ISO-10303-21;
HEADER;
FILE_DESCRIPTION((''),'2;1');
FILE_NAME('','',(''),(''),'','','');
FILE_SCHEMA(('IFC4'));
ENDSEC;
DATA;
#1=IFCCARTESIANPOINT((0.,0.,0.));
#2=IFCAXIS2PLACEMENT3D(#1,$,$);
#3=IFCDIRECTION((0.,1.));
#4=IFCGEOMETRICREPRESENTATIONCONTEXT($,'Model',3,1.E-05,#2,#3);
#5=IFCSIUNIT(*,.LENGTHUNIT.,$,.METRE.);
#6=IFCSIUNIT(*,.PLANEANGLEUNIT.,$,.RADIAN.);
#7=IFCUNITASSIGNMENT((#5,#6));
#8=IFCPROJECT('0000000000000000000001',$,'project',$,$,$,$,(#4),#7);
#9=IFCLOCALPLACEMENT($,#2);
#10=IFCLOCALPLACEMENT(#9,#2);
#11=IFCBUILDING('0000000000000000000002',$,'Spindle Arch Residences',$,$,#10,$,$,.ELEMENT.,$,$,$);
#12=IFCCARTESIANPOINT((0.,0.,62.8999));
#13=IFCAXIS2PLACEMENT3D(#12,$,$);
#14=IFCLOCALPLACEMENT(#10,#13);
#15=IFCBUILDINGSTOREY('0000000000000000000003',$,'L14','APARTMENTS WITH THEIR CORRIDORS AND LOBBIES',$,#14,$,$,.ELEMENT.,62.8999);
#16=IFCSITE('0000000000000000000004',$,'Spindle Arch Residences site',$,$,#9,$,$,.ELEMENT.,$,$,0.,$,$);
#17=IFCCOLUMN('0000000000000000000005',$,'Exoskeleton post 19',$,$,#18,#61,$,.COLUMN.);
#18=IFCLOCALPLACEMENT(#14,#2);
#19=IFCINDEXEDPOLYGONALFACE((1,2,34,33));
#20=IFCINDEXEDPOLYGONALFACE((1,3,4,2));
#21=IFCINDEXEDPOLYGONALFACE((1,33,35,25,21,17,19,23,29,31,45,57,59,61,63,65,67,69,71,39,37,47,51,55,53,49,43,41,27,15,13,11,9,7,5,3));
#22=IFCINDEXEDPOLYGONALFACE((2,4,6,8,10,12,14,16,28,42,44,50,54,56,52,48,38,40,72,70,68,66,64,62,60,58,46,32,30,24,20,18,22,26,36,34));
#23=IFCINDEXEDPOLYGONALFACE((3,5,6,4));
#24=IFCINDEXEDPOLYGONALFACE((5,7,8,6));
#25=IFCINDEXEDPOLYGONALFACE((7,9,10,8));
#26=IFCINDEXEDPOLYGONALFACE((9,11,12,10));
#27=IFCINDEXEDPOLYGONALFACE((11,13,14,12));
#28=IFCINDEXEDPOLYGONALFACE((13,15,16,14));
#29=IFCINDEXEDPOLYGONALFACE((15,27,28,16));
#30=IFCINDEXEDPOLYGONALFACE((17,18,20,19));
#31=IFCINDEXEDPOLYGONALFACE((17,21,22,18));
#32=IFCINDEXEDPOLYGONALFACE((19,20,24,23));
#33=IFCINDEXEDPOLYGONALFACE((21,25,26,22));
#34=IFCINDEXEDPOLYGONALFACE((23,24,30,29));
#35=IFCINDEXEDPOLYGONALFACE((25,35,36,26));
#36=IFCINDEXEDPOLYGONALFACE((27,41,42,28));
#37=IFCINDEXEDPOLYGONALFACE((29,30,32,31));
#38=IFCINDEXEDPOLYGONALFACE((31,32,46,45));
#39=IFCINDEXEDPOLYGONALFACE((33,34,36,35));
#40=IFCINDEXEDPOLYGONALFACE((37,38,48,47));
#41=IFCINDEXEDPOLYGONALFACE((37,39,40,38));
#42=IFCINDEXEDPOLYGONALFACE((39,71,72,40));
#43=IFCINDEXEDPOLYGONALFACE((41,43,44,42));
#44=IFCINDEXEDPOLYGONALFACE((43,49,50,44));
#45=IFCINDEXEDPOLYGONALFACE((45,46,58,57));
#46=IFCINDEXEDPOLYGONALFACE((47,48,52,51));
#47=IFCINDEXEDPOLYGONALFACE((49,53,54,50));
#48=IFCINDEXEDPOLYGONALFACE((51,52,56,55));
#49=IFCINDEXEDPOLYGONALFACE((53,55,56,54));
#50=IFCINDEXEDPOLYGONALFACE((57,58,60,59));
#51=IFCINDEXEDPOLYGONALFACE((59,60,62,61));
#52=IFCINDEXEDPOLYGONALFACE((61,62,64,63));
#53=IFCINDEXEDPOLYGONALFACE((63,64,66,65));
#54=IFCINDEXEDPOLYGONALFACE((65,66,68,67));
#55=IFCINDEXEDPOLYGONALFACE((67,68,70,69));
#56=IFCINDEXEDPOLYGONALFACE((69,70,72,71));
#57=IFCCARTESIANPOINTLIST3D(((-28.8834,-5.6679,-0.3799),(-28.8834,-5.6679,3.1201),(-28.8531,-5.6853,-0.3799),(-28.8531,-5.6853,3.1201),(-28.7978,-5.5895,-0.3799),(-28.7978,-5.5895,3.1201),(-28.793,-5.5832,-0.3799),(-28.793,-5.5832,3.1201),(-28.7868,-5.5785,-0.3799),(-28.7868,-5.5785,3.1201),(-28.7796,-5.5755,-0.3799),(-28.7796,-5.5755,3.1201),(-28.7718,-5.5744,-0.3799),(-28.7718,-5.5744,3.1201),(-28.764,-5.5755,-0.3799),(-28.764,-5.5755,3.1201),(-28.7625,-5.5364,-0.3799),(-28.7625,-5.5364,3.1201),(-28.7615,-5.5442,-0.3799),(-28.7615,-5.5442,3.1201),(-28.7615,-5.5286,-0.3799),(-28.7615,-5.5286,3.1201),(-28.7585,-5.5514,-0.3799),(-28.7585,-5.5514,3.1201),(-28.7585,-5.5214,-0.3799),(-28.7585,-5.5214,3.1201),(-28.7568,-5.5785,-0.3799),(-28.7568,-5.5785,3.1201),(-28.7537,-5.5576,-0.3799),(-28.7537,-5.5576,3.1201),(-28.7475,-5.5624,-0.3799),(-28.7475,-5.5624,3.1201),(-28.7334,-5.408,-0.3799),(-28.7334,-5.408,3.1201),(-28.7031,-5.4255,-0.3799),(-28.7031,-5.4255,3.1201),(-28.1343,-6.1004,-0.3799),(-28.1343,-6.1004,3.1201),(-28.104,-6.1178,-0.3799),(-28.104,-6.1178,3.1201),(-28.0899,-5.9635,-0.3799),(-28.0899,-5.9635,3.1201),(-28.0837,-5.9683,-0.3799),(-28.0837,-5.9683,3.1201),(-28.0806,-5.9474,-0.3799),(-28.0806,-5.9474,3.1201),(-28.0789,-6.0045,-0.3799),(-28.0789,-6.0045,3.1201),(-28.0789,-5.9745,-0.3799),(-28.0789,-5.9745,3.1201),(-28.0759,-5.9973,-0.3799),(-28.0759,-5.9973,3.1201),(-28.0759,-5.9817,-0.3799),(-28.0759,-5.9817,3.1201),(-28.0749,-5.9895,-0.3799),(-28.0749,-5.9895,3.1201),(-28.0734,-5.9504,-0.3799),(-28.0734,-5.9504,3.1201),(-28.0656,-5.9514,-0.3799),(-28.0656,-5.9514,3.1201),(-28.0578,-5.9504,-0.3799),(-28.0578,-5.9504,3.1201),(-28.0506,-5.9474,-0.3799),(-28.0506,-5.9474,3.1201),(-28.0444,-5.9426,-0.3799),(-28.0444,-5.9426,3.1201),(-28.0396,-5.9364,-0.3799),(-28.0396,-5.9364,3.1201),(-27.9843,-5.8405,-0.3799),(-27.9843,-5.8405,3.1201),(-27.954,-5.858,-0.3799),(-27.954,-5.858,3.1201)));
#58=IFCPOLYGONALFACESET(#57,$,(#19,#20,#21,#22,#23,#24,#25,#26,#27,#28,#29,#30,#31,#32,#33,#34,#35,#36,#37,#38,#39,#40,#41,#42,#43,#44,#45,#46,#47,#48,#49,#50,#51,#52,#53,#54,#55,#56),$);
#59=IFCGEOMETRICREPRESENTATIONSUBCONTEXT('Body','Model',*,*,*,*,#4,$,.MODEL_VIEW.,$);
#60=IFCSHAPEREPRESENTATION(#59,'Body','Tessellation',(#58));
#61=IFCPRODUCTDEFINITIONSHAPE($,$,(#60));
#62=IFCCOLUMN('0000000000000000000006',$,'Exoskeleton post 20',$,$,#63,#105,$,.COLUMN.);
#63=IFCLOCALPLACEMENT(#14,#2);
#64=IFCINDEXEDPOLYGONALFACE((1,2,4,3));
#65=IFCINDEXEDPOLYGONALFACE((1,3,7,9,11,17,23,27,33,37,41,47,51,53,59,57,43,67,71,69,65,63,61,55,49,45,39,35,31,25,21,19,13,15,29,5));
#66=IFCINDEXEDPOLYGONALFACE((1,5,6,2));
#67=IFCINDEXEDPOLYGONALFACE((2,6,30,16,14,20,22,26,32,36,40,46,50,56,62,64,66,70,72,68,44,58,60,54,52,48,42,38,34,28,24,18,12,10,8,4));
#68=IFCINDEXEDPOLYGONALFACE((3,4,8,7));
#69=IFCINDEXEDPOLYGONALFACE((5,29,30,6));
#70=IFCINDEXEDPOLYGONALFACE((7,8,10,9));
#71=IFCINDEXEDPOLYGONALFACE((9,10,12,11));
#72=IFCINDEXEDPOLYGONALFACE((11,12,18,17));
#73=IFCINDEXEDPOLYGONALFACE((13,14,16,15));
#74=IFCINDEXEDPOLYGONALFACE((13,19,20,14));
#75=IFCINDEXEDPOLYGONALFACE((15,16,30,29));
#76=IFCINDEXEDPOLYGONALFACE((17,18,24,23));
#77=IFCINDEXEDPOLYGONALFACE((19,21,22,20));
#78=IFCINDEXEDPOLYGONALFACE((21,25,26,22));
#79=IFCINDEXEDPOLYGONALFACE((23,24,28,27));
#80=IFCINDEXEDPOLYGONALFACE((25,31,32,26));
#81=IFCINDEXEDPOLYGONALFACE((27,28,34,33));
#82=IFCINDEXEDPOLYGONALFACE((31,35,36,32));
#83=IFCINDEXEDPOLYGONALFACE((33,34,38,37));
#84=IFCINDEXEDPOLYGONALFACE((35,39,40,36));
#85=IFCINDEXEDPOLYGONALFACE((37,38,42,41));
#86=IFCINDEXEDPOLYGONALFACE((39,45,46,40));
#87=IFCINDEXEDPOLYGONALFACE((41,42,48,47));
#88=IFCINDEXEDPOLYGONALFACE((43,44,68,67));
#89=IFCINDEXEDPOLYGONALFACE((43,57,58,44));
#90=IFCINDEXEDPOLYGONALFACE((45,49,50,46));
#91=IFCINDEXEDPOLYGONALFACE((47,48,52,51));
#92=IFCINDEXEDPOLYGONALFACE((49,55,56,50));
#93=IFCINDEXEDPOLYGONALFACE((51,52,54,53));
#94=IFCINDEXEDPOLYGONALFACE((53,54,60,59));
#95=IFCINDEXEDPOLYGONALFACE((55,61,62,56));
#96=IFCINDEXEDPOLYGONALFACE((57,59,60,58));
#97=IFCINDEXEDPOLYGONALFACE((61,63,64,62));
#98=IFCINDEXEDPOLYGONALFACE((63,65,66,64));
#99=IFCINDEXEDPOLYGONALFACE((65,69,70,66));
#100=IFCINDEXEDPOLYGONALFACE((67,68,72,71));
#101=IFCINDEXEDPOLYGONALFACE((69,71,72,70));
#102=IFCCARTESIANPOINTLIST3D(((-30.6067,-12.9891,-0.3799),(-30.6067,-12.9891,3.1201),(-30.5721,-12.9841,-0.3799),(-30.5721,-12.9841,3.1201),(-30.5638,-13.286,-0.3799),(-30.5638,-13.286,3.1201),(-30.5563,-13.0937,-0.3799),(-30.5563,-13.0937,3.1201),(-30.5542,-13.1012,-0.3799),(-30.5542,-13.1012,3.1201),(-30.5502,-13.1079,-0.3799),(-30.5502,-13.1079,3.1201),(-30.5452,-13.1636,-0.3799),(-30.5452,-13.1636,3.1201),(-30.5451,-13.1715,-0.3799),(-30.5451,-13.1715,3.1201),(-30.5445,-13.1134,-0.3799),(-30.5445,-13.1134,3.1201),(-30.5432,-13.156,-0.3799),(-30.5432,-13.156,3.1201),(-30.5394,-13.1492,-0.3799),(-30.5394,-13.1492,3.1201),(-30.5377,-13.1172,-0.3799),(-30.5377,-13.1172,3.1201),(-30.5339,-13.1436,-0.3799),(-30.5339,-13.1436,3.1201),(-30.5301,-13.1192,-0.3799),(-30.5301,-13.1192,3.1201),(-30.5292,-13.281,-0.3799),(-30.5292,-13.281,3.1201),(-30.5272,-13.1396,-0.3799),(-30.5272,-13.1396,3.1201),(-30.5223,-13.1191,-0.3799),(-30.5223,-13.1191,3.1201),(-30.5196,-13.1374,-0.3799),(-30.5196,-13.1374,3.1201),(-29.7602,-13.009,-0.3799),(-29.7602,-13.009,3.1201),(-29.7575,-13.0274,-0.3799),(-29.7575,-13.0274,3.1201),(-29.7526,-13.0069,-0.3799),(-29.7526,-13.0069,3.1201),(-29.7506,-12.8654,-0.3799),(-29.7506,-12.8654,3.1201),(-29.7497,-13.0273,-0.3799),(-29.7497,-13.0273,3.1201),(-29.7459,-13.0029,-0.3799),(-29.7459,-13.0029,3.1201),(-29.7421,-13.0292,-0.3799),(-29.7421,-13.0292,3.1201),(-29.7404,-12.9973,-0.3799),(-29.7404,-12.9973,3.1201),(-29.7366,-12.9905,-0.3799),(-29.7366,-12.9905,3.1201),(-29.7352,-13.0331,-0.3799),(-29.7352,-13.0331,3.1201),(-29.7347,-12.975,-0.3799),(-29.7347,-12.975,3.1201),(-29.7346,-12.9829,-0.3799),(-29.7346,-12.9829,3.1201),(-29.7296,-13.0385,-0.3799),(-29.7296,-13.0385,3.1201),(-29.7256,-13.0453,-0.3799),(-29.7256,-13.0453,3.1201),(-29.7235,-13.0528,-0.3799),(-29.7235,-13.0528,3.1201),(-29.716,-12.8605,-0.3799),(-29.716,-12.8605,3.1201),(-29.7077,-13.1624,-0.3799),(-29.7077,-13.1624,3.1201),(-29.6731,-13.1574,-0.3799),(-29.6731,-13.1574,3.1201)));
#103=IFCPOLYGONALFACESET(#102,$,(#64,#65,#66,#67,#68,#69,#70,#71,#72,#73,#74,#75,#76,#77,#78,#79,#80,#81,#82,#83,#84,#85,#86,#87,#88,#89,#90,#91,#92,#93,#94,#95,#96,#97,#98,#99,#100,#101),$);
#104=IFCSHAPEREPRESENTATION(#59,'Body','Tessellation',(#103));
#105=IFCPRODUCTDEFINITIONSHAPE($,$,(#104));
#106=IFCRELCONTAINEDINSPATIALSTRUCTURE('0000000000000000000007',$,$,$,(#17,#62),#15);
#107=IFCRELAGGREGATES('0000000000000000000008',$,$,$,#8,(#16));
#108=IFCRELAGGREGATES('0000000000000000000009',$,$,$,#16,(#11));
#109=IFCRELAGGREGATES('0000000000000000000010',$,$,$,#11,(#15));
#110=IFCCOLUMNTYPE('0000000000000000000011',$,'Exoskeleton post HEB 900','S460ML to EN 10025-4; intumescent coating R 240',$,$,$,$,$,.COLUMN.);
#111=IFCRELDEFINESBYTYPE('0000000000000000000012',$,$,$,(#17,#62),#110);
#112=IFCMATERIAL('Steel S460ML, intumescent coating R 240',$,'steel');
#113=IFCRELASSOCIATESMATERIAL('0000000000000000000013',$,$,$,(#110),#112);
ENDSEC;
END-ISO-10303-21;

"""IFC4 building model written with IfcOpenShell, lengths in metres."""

from ifc_helpers import new_model, si_unit, direction, frame, origin, origin_2d, place, context, subcontext, project, spatial, i_section, extrude, material, material_profile, profile_set, type_object, element, save


model = new_model("IFC4")

# Units and contexts
model_context = context("Model", 3, precision=1e-05, world=origin(), true_north=direction((0.0, 1.0)))
body_context = subcontext(model_context, "Body", "Model", "MODEL_VIEW")
ifc_project = project(units=[si_unit("LENGTHUNIT", "METRE"), si_unit("PLANEANGLEUNIT", "RADIAN")], contexts=[model_context])

# Site, building, storey
site_placement = place(None, origin())
site = spatial("IfcSite", under=ifc_project, at=site_placement, Name="Spindle Arch Residences site", CompositionType="ELEMENT", RefElevation=0.0)
building_placement = place(site_placement, origin())
building = spatial("IfcBuilding", under=site, at=building_placement, Name="Spindle Arch Residences", CompositionType="ELEMENT")
storey_placement = place(building_placement, frame((0.0, 0.0, 62.8999)))
storey = spatial("IfcBuildingStorey", under=building, at=storey_placement, Name="L14", Description="APARTMENTS WITH THEIR CORRIDORS AND LOBBIES", CompositionType="ELEMENT", Elevation=62.8999)

# Columns
ifc_material_1 = material(Name="Steel S460ML, intumescent coating R 240", Category="steel")
ifc_material_profile_1 = material_profile(ifc_material_1, i_section(OverallWidth=0.3, OverallDepth=0.8999, WebThickness=0.0186, FlangeThickness=0.0349, FilletRadius=0.03, at=origin_2d()), Name="HEB 900")
ifc_profile_set_1 = profile_set([ifc_material_profile_1], Name="Steel S460ML, intumescent coating R 240")
column_type_1 = type_object("IfcColumnType", Name="Exoskeleton post HEB 900", Description="S460ML to EN 10025-4; intumescent coating R 240", PredefinedType="COLUMN", material=ifc_profile_set_1)
for number, where, z_axis, x_axis, name in (
    (1, (-28.4187, -5.7629, -0.3799), (0.0, 0.0, 1.0), (0.5, 0.866025, 0.0), "Exoskeleton post 19"),
    (2, (-30.1399, -13.0732, -0.3799), (0.0, 0.0, 1.0), (-0.142906, 0.989736, 0.0), "Exoskeleton post 20"),
):
    element("IfcColumn", number, at=place(storey_placement, frame(where, z_axis=z_axis, x_axis=x_axis)), inside=storey, type_object=column_type_1, Name=name, PredefinedType="COLUMN", context=body_context, shape_type="SweptSolid", body=[
        extrude(i_section(OverallWidth=0.3, OverallDepth=0.8999, WebThickness=0.0186, FlangeThickness=0.0349, FilletRadius=0.03, at=origin_2d()), origin(), (0.0, 0.0, 1.0), 3.5),
    ])

save(model, "model.ifc")
